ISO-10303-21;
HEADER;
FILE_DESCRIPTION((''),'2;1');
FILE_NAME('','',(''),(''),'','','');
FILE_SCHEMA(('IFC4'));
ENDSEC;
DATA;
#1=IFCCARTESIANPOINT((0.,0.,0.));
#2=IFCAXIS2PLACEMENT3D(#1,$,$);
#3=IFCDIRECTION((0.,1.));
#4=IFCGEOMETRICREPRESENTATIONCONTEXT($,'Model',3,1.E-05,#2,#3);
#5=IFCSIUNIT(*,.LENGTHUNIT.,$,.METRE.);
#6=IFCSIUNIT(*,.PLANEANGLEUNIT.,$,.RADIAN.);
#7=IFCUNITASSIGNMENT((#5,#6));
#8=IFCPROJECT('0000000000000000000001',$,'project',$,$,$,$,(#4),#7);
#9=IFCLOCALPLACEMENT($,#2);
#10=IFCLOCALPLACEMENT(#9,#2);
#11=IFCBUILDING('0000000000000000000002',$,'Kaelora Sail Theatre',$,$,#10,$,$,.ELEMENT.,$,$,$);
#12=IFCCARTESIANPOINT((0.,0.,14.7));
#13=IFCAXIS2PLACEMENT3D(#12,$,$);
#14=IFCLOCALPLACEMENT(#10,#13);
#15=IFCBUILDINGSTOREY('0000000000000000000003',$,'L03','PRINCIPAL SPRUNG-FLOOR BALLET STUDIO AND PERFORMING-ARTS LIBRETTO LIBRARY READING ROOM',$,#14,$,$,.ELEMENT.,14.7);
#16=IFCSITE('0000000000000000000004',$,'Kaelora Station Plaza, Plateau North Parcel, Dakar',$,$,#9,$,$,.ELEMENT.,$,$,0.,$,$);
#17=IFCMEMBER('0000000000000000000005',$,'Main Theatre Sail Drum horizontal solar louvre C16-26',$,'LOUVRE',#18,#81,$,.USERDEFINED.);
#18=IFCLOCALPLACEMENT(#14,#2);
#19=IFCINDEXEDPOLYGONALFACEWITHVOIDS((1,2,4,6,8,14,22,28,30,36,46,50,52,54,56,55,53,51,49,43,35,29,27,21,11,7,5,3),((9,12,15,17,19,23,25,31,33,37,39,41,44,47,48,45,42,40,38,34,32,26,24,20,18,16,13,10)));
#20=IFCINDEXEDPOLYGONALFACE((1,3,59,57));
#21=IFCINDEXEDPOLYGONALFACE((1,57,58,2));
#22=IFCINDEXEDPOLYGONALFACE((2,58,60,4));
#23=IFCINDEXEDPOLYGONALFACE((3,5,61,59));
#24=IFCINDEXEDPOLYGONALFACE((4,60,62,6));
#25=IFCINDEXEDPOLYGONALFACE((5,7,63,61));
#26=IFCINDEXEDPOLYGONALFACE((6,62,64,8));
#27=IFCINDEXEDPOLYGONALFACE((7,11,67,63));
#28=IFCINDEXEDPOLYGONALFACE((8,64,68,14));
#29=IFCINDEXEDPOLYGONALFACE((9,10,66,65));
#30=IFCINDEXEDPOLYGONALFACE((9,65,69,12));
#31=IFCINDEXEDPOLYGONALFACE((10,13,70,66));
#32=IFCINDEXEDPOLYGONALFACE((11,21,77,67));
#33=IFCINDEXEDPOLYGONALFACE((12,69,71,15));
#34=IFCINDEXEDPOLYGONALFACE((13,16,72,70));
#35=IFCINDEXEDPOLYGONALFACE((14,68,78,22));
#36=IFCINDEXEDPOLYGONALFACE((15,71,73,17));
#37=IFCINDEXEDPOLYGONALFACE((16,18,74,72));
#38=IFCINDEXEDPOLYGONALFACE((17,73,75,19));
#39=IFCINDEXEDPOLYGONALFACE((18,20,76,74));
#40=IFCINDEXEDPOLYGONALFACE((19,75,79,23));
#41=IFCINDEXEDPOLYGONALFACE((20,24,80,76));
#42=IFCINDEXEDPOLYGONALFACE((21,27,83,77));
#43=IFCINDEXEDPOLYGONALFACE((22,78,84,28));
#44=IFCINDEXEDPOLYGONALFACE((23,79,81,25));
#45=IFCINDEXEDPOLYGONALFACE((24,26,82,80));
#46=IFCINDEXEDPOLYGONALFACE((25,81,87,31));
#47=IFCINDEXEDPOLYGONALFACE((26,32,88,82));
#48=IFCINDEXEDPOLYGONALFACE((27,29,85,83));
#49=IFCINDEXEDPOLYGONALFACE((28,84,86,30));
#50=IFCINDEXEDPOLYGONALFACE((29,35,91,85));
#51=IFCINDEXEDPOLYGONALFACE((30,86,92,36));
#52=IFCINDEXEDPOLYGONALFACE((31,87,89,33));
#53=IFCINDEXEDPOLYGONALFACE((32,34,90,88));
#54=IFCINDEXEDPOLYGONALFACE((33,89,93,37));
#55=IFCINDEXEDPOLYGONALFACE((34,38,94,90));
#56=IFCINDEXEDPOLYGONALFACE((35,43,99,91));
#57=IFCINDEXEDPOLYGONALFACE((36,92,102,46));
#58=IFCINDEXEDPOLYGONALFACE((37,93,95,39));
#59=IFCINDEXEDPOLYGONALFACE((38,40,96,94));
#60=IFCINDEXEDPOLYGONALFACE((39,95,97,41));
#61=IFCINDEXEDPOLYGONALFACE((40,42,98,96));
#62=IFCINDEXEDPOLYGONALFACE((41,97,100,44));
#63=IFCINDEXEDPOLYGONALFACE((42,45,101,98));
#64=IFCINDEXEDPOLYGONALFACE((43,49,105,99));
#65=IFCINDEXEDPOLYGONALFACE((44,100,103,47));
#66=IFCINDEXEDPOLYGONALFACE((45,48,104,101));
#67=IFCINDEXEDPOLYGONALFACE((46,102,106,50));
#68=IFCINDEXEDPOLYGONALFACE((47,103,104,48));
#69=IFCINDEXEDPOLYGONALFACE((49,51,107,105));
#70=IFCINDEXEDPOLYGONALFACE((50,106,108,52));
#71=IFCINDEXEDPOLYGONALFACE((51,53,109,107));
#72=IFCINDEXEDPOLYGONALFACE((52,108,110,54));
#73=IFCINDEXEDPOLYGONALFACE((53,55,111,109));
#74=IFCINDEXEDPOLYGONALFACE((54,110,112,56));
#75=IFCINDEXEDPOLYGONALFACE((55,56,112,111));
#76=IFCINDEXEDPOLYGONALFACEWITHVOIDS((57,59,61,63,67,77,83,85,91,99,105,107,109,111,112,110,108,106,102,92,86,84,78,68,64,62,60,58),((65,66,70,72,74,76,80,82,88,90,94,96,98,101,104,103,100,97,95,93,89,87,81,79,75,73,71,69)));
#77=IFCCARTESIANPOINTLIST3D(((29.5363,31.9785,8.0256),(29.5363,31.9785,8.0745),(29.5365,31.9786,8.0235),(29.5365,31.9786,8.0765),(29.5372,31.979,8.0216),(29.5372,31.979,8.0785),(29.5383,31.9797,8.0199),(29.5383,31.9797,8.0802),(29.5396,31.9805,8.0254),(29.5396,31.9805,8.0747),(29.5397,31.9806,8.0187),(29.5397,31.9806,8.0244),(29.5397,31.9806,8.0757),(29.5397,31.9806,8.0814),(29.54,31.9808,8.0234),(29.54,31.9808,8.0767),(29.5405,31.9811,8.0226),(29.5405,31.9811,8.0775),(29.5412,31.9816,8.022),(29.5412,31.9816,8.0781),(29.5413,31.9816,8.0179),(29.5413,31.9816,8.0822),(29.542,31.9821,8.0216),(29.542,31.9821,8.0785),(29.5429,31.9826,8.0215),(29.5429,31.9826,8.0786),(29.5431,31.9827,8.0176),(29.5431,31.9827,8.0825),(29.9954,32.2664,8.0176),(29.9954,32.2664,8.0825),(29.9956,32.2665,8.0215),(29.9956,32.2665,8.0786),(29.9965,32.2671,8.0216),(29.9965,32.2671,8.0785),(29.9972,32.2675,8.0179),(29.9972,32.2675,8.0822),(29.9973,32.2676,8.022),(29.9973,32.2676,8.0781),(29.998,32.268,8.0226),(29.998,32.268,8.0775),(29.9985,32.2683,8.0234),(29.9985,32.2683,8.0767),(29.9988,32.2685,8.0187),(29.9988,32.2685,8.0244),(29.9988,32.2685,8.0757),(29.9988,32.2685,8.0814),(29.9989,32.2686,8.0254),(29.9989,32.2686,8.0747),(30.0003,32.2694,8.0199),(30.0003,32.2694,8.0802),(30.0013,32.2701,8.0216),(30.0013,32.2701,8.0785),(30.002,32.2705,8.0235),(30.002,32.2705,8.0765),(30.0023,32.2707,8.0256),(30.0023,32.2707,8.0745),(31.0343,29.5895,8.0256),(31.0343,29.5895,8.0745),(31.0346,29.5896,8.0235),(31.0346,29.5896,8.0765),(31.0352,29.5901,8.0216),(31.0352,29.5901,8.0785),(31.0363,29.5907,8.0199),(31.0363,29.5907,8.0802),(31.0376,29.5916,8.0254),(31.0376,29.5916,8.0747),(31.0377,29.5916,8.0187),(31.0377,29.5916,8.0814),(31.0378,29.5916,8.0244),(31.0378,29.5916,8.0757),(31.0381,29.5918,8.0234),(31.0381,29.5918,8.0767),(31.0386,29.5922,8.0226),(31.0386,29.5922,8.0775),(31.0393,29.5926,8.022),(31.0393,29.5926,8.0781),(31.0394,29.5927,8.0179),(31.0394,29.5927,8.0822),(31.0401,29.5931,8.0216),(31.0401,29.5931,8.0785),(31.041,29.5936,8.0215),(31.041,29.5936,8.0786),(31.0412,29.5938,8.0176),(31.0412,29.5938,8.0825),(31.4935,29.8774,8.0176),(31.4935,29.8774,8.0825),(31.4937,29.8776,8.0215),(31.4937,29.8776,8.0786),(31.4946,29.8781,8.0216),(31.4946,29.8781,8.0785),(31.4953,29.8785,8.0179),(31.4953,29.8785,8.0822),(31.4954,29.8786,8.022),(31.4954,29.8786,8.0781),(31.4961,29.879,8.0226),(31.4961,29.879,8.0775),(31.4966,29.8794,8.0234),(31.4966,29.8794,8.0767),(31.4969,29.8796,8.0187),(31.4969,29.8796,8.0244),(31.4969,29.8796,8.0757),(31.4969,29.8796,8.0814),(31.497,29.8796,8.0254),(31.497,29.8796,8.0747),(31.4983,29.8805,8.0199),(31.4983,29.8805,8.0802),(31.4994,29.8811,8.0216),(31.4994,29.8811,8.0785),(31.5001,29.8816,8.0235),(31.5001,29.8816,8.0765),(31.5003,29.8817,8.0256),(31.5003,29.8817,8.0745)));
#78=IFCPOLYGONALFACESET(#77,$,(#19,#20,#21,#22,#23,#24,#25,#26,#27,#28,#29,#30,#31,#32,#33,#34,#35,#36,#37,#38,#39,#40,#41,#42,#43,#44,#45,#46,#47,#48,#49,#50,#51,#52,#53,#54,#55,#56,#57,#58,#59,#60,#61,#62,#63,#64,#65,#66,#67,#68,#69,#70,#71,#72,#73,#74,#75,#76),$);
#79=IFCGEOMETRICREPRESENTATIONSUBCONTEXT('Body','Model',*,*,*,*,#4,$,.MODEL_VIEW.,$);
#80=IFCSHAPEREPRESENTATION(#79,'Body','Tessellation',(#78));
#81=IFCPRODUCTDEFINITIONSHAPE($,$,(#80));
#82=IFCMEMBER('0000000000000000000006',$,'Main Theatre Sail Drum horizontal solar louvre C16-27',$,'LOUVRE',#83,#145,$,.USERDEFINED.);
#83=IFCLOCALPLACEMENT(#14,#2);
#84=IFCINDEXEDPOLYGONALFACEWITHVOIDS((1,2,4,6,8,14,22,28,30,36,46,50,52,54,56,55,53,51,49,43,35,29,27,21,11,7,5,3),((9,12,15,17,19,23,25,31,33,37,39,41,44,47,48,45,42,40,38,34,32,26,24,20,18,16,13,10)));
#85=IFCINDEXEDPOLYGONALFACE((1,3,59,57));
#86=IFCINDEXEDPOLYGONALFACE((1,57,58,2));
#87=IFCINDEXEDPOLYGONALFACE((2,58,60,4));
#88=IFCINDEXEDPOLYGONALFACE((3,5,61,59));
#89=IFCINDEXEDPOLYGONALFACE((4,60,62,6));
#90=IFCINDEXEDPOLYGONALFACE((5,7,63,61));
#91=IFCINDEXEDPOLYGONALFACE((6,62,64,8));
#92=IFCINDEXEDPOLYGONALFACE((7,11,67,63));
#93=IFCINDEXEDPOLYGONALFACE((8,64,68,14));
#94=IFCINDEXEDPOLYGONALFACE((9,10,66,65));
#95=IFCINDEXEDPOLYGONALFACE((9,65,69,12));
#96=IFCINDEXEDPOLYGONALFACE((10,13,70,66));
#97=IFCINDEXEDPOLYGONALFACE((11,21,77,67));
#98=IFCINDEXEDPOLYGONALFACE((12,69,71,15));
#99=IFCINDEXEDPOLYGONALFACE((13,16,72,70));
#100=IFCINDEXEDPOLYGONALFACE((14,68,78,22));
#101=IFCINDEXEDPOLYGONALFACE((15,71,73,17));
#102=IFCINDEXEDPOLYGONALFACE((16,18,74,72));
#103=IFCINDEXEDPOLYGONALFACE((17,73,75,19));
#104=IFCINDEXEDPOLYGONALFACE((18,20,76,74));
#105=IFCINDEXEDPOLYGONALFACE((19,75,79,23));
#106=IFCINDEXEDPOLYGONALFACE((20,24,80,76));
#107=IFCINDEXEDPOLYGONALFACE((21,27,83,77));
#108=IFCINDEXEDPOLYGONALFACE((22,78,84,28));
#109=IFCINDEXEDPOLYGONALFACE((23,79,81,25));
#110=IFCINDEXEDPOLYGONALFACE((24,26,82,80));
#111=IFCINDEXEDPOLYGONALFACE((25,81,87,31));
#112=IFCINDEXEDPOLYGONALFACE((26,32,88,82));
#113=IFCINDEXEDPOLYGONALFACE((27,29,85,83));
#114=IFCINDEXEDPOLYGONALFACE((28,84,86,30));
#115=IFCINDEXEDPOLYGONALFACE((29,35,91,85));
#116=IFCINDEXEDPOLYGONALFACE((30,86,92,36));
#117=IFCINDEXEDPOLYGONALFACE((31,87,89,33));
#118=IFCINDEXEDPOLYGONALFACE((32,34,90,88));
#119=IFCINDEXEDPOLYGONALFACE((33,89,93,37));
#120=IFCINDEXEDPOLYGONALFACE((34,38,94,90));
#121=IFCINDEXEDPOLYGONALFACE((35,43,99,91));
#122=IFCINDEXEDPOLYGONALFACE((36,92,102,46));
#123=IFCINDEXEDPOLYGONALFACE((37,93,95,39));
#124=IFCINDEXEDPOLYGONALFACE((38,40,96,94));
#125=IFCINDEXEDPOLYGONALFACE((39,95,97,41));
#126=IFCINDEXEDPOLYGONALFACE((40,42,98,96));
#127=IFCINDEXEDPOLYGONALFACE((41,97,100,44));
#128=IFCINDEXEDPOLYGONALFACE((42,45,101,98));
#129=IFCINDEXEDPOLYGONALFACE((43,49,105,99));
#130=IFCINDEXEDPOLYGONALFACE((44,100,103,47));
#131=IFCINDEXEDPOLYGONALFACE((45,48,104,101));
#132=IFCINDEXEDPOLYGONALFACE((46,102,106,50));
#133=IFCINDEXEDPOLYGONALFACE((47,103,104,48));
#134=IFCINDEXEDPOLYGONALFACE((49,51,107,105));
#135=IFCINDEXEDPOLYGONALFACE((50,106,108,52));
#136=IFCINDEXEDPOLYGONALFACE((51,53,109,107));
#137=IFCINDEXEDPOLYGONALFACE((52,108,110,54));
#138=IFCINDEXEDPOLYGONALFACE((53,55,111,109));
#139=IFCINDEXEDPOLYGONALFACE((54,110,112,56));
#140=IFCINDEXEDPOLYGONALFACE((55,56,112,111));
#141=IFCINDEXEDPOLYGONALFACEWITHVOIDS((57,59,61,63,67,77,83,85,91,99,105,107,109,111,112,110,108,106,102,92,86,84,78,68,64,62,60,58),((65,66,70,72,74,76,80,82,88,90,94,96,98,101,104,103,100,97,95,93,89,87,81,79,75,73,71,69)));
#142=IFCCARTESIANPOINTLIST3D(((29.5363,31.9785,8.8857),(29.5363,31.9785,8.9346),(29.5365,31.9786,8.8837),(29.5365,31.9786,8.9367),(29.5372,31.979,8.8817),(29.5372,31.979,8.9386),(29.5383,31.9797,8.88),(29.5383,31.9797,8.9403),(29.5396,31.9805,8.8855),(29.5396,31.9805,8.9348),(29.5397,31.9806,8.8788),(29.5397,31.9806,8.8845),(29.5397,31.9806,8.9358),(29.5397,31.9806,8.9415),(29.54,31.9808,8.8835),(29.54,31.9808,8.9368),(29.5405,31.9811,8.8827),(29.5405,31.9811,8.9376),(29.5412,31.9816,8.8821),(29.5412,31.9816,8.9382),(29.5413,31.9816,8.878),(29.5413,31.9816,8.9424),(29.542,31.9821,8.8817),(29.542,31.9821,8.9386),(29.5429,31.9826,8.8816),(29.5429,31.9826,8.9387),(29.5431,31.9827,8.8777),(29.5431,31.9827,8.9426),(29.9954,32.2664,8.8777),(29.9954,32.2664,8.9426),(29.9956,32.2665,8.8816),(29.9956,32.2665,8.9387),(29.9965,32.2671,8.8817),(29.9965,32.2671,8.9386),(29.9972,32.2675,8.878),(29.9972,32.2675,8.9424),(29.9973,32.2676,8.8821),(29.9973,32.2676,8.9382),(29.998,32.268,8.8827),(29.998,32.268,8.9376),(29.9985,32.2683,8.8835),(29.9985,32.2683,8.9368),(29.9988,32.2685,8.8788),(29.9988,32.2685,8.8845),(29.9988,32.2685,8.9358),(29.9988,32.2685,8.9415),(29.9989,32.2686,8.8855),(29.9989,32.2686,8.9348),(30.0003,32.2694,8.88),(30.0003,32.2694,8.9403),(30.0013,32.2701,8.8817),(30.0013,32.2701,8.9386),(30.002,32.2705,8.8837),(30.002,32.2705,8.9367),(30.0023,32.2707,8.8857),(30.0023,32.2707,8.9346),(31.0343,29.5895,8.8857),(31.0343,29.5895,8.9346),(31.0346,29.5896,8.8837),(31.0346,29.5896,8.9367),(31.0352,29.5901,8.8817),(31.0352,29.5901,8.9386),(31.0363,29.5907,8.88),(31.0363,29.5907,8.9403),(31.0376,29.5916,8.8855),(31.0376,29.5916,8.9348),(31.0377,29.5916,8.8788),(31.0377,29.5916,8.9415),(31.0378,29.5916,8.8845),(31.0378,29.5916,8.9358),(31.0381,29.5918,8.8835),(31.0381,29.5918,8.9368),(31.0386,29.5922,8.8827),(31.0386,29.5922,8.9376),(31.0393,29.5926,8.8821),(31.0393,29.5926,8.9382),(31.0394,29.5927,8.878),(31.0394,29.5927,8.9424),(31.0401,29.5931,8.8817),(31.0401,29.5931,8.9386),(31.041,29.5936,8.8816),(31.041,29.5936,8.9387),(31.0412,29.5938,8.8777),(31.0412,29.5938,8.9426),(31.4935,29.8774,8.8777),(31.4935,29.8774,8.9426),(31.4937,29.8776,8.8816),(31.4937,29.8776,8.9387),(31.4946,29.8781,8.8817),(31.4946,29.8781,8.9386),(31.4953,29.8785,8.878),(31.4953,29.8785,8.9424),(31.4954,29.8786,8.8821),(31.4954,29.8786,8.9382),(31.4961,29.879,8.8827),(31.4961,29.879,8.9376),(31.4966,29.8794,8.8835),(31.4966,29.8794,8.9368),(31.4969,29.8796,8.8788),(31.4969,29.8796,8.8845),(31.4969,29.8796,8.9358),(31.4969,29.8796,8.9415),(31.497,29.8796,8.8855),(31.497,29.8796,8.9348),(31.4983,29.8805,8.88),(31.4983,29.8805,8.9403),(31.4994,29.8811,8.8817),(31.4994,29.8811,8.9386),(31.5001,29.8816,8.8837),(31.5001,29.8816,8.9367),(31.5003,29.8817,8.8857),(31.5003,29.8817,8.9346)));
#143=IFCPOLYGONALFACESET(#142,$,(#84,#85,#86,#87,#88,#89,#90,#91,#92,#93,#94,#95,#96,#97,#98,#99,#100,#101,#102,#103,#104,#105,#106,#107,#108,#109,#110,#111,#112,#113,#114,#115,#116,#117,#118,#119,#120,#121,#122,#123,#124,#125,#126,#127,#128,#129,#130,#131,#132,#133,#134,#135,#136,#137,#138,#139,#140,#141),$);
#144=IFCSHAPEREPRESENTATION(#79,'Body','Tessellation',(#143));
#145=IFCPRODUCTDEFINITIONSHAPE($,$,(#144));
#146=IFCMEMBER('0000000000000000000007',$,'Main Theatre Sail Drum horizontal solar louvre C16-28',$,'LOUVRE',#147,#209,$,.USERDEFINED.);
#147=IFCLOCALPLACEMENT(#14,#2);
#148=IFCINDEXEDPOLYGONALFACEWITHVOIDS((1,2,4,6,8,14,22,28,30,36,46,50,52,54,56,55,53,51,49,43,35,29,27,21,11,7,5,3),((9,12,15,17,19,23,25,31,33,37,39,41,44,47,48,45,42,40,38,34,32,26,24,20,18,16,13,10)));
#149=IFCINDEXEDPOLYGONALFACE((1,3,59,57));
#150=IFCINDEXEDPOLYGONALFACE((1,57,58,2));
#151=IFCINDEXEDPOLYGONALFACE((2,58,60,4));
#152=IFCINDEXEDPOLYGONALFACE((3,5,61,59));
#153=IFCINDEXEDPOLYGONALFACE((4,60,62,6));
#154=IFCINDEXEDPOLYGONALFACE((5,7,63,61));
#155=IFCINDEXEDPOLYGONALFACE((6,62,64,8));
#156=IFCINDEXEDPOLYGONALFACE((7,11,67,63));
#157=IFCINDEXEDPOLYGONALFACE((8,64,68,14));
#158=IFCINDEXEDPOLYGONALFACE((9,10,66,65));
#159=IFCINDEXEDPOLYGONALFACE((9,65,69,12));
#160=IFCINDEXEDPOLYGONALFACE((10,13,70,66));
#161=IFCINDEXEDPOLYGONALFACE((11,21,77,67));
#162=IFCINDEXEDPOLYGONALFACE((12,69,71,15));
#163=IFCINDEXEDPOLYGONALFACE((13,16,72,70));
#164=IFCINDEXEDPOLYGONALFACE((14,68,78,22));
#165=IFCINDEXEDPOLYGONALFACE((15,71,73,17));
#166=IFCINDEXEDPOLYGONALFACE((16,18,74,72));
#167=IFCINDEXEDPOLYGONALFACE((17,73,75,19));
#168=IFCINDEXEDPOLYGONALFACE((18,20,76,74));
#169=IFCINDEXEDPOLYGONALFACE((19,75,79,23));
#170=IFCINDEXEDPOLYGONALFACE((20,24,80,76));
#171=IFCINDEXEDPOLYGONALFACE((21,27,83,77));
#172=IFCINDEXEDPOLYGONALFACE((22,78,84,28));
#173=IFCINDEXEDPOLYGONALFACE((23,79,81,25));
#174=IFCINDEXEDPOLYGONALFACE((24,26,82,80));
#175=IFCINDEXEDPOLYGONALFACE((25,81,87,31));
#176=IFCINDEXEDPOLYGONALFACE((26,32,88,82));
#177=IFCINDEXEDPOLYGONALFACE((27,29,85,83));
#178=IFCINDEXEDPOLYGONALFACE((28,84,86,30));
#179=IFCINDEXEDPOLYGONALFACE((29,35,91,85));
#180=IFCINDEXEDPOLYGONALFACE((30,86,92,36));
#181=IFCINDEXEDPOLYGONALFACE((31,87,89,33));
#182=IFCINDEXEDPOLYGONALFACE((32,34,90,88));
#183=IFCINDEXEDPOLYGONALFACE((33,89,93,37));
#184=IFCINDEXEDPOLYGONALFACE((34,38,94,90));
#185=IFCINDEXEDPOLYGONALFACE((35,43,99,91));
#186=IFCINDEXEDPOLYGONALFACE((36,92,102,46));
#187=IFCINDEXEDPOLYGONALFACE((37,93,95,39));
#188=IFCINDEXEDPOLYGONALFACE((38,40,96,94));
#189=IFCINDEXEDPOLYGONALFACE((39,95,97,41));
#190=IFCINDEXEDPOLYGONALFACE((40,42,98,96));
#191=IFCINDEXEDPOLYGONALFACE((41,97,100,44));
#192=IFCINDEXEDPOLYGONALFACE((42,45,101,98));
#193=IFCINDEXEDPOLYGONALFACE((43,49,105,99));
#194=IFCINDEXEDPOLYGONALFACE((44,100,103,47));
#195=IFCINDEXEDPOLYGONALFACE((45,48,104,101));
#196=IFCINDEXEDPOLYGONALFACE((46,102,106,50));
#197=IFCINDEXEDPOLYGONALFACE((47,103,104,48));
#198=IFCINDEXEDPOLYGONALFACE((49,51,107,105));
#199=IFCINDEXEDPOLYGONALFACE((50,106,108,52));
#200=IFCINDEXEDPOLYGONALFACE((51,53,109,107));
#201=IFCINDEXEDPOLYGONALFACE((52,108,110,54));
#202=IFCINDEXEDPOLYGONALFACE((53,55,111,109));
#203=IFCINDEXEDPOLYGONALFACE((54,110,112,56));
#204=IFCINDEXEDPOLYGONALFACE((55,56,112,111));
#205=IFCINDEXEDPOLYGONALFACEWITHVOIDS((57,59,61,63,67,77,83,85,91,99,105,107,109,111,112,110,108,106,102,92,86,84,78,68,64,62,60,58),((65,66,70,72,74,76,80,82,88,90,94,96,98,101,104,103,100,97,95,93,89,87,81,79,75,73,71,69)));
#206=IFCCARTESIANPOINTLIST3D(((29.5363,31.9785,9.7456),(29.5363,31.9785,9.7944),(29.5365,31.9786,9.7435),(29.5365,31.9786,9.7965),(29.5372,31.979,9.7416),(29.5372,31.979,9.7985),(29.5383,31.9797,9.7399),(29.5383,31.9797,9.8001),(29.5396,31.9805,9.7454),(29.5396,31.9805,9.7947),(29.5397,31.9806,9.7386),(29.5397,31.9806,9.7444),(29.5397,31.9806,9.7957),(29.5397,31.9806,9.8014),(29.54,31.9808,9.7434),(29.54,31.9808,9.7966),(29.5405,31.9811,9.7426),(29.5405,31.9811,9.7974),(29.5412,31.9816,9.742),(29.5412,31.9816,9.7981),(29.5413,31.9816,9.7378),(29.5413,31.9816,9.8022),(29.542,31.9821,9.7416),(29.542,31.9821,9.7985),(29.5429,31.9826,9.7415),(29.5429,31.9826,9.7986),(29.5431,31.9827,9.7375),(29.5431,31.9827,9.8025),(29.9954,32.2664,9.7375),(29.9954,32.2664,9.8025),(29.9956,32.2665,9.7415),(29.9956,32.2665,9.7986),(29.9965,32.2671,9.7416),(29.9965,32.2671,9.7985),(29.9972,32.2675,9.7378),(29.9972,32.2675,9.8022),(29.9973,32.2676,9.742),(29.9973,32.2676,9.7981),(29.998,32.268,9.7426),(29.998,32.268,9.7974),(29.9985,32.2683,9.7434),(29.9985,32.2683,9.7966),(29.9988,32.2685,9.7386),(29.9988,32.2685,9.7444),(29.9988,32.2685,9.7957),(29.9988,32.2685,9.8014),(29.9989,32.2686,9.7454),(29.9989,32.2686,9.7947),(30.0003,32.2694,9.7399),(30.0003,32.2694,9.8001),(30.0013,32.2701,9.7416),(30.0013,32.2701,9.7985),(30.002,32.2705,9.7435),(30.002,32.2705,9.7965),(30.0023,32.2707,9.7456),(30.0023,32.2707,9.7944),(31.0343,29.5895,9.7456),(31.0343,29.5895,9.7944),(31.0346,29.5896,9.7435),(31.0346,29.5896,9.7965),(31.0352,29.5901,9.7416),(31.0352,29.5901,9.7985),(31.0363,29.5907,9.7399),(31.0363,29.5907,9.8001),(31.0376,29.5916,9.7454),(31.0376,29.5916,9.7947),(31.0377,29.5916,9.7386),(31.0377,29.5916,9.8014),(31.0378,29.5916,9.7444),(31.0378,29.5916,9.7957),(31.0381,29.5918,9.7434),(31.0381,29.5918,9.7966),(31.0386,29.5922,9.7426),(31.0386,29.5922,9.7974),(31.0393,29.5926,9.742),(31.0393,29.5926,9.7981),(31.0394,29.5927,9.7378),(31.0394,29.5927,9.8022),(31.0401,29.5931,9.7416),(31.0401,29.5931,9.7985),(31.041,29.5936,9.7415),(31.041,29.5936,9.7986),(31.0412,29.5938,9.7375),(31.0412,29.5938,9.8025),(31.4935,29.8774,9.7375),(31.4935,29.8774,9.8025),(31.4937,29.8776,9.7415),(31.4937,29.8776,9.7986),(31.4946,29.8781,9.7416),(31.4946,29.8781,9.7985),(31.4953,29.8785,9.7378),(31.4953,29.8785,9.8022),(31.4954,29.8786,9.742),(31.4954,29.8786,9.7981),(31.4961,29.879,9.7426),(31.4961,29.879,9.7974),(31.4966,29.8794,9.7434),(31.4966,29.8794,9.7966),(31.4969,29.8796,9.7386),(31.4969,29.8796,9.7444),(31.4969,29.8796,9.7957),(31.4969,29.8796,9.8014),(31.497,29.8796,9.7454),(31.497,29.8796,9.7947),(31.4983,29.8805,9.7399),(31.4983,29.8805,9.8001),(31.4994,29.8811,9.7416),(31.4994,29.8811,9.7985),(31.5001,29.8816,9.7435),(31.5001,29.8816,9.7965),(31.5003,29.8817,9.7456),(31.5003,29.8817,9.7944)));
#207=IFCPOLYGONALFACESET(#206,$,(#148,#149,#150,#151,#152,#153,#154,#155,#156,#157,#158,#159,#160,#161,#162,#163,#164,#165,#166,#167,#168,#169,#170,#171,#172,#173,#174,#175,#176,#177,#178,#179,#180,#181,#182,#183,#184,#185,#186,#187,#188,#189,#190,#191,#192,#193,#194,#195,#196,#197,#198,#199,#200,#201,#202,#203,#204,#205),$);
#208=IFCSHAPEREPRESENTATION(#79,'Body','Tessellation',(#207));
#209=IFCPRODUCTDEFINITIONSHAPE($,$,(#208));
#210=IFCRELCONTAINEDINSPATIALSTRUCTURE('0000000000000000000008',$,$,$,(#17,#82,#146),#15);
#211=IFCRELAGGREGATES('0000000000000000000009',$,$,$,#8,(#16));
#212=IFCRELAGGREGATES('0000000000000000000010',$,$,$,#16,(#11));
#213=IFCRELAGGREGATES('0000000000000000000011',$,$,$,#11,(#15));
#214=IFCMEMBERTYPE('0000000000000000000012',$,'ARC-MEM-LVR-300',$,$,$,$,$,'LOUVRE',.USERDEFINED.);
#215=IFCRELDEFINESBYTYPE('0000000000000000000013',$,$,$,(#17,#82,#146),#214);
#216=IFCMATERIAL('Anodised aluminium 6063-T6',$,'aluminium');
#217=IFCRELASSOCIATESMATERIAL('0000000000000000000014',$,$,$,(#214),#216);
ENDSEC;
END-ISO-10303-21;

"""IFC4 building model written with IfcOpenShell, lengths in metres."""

from ifc_helpers import new_model, si_unit, direction, frame, origin, origin_2d, place, context, subcontext, project, spatial, hollow_rectangle, extrude, material, material_profile, profile_set, type_object, element, save


model = new_model("IFC4")

# Units and contexts
model_context = context("Model", 3, precision=1e-05, world=origin(), true_north=direction((0.0, 1.0)))
body_context = subcontext(model_context, "Body", "Model", "MODEL_VIEW")
ifc_project = project(units=[si_unit("LENGTHUNIT", "METRE"), si_unit("PLANEANGLEUNIT", "RADIAN")], contexts=[model_context])

# Site, building, storey
site_placement = place(None, origin())
site = spatial("IfcSite", under=ifc_project, at=site_placement, Name="Kaelora Station Plaza, Plateau North Parcel, Dakar", CompositionType="ELEMENT", RefElevation=0.0)
building_placement = place(site_placement, origin())
building = spatial("IfcBuilding", under=site, at=building_placement, Name="Kaelora Sail Theatre", CompositionType="ELEMENT")
storey_placement = place(building_placement, frame((0.0, 0.0, 14.7)))
storey = spatial("IfcBuildingStorey", under=building, at=storey_placement, Name="L03", Description="PRINCIPAL SPRUNG-FLOOR BALLET STUDIO AND PERFORMING-ARTS LIBRETTO LIBRARY READING ROOM", CompositionType="ELEMENT", Elevation=14.7)

# Members
ifc_material_1 = material(Name="Anodised aluminium 6063-T6", Category="aluminium")
ifc_material_profile_1 = material_profile(ifc_material_1, hollow_rectangle(XDim=0.55, YDim=0.0649, WallThickness=0.0039, InnerFilletRadius=0.0039, OuterFilletRadius=0.0081, at=origin_2d()), Name="LOUVRE 550x65x4")
ifc_profile_set_1 = profile_set([ifc_material_profile_1], Name="Anodised aluminium 6063-T6")
member_type = type_object("IfcMemberType", Name="ARC-MEM-LVR-300", ElementType="LOUVRE", PredefinedType="USERDEFINED", material=ifc_profile_set_1)
for number, where, z_axis, x_axis, name in (
    (1, (31.2673, 29.7356, 8.05), (-0.531267, 0.847204, 0.0), (-0.847204, -0.531267, 0.0), "Main Theatre Sail Drum horizontal solar louvre C16-26"),
    (2, (31.2673, 29.7356, 8.9102), (-0.531267, 0.847204, 0.0), (-0.847204, -0.531267, 0.0), "Main Theatre Sail Drum horizontal solar louvre C16-27"),
    (3, (31.2673, 29.7356, 9.77), (-0.531267, 0.847204, 0.0), (-0.847204, -0.531267, 0.0), "Main Theatre Sail Drum horizontal solar louvre C16-28"),
):
    element("IfcMember", number, at=place(storey_placement, frame(where, z_axis=z_axis, x_axis=x_axis)), inside=storey, type_object=member_type, Name=name, ObjectType="LOUVRE", PredefinedType="USERDEFINED", context=body_context, shape_type="SweptSolid", body=[
        extrude(hollow_rectangle(XDim=0.55, YDim=0.0649, WallThickness=0.0039, InnerFilletRadius=0.0039, OuterFilletRadius=0.0081, at=origin_2d()), origin(), (0.0, 0.0, 1.0), 2.8198),
    ])

save(model, "model.ifc")
